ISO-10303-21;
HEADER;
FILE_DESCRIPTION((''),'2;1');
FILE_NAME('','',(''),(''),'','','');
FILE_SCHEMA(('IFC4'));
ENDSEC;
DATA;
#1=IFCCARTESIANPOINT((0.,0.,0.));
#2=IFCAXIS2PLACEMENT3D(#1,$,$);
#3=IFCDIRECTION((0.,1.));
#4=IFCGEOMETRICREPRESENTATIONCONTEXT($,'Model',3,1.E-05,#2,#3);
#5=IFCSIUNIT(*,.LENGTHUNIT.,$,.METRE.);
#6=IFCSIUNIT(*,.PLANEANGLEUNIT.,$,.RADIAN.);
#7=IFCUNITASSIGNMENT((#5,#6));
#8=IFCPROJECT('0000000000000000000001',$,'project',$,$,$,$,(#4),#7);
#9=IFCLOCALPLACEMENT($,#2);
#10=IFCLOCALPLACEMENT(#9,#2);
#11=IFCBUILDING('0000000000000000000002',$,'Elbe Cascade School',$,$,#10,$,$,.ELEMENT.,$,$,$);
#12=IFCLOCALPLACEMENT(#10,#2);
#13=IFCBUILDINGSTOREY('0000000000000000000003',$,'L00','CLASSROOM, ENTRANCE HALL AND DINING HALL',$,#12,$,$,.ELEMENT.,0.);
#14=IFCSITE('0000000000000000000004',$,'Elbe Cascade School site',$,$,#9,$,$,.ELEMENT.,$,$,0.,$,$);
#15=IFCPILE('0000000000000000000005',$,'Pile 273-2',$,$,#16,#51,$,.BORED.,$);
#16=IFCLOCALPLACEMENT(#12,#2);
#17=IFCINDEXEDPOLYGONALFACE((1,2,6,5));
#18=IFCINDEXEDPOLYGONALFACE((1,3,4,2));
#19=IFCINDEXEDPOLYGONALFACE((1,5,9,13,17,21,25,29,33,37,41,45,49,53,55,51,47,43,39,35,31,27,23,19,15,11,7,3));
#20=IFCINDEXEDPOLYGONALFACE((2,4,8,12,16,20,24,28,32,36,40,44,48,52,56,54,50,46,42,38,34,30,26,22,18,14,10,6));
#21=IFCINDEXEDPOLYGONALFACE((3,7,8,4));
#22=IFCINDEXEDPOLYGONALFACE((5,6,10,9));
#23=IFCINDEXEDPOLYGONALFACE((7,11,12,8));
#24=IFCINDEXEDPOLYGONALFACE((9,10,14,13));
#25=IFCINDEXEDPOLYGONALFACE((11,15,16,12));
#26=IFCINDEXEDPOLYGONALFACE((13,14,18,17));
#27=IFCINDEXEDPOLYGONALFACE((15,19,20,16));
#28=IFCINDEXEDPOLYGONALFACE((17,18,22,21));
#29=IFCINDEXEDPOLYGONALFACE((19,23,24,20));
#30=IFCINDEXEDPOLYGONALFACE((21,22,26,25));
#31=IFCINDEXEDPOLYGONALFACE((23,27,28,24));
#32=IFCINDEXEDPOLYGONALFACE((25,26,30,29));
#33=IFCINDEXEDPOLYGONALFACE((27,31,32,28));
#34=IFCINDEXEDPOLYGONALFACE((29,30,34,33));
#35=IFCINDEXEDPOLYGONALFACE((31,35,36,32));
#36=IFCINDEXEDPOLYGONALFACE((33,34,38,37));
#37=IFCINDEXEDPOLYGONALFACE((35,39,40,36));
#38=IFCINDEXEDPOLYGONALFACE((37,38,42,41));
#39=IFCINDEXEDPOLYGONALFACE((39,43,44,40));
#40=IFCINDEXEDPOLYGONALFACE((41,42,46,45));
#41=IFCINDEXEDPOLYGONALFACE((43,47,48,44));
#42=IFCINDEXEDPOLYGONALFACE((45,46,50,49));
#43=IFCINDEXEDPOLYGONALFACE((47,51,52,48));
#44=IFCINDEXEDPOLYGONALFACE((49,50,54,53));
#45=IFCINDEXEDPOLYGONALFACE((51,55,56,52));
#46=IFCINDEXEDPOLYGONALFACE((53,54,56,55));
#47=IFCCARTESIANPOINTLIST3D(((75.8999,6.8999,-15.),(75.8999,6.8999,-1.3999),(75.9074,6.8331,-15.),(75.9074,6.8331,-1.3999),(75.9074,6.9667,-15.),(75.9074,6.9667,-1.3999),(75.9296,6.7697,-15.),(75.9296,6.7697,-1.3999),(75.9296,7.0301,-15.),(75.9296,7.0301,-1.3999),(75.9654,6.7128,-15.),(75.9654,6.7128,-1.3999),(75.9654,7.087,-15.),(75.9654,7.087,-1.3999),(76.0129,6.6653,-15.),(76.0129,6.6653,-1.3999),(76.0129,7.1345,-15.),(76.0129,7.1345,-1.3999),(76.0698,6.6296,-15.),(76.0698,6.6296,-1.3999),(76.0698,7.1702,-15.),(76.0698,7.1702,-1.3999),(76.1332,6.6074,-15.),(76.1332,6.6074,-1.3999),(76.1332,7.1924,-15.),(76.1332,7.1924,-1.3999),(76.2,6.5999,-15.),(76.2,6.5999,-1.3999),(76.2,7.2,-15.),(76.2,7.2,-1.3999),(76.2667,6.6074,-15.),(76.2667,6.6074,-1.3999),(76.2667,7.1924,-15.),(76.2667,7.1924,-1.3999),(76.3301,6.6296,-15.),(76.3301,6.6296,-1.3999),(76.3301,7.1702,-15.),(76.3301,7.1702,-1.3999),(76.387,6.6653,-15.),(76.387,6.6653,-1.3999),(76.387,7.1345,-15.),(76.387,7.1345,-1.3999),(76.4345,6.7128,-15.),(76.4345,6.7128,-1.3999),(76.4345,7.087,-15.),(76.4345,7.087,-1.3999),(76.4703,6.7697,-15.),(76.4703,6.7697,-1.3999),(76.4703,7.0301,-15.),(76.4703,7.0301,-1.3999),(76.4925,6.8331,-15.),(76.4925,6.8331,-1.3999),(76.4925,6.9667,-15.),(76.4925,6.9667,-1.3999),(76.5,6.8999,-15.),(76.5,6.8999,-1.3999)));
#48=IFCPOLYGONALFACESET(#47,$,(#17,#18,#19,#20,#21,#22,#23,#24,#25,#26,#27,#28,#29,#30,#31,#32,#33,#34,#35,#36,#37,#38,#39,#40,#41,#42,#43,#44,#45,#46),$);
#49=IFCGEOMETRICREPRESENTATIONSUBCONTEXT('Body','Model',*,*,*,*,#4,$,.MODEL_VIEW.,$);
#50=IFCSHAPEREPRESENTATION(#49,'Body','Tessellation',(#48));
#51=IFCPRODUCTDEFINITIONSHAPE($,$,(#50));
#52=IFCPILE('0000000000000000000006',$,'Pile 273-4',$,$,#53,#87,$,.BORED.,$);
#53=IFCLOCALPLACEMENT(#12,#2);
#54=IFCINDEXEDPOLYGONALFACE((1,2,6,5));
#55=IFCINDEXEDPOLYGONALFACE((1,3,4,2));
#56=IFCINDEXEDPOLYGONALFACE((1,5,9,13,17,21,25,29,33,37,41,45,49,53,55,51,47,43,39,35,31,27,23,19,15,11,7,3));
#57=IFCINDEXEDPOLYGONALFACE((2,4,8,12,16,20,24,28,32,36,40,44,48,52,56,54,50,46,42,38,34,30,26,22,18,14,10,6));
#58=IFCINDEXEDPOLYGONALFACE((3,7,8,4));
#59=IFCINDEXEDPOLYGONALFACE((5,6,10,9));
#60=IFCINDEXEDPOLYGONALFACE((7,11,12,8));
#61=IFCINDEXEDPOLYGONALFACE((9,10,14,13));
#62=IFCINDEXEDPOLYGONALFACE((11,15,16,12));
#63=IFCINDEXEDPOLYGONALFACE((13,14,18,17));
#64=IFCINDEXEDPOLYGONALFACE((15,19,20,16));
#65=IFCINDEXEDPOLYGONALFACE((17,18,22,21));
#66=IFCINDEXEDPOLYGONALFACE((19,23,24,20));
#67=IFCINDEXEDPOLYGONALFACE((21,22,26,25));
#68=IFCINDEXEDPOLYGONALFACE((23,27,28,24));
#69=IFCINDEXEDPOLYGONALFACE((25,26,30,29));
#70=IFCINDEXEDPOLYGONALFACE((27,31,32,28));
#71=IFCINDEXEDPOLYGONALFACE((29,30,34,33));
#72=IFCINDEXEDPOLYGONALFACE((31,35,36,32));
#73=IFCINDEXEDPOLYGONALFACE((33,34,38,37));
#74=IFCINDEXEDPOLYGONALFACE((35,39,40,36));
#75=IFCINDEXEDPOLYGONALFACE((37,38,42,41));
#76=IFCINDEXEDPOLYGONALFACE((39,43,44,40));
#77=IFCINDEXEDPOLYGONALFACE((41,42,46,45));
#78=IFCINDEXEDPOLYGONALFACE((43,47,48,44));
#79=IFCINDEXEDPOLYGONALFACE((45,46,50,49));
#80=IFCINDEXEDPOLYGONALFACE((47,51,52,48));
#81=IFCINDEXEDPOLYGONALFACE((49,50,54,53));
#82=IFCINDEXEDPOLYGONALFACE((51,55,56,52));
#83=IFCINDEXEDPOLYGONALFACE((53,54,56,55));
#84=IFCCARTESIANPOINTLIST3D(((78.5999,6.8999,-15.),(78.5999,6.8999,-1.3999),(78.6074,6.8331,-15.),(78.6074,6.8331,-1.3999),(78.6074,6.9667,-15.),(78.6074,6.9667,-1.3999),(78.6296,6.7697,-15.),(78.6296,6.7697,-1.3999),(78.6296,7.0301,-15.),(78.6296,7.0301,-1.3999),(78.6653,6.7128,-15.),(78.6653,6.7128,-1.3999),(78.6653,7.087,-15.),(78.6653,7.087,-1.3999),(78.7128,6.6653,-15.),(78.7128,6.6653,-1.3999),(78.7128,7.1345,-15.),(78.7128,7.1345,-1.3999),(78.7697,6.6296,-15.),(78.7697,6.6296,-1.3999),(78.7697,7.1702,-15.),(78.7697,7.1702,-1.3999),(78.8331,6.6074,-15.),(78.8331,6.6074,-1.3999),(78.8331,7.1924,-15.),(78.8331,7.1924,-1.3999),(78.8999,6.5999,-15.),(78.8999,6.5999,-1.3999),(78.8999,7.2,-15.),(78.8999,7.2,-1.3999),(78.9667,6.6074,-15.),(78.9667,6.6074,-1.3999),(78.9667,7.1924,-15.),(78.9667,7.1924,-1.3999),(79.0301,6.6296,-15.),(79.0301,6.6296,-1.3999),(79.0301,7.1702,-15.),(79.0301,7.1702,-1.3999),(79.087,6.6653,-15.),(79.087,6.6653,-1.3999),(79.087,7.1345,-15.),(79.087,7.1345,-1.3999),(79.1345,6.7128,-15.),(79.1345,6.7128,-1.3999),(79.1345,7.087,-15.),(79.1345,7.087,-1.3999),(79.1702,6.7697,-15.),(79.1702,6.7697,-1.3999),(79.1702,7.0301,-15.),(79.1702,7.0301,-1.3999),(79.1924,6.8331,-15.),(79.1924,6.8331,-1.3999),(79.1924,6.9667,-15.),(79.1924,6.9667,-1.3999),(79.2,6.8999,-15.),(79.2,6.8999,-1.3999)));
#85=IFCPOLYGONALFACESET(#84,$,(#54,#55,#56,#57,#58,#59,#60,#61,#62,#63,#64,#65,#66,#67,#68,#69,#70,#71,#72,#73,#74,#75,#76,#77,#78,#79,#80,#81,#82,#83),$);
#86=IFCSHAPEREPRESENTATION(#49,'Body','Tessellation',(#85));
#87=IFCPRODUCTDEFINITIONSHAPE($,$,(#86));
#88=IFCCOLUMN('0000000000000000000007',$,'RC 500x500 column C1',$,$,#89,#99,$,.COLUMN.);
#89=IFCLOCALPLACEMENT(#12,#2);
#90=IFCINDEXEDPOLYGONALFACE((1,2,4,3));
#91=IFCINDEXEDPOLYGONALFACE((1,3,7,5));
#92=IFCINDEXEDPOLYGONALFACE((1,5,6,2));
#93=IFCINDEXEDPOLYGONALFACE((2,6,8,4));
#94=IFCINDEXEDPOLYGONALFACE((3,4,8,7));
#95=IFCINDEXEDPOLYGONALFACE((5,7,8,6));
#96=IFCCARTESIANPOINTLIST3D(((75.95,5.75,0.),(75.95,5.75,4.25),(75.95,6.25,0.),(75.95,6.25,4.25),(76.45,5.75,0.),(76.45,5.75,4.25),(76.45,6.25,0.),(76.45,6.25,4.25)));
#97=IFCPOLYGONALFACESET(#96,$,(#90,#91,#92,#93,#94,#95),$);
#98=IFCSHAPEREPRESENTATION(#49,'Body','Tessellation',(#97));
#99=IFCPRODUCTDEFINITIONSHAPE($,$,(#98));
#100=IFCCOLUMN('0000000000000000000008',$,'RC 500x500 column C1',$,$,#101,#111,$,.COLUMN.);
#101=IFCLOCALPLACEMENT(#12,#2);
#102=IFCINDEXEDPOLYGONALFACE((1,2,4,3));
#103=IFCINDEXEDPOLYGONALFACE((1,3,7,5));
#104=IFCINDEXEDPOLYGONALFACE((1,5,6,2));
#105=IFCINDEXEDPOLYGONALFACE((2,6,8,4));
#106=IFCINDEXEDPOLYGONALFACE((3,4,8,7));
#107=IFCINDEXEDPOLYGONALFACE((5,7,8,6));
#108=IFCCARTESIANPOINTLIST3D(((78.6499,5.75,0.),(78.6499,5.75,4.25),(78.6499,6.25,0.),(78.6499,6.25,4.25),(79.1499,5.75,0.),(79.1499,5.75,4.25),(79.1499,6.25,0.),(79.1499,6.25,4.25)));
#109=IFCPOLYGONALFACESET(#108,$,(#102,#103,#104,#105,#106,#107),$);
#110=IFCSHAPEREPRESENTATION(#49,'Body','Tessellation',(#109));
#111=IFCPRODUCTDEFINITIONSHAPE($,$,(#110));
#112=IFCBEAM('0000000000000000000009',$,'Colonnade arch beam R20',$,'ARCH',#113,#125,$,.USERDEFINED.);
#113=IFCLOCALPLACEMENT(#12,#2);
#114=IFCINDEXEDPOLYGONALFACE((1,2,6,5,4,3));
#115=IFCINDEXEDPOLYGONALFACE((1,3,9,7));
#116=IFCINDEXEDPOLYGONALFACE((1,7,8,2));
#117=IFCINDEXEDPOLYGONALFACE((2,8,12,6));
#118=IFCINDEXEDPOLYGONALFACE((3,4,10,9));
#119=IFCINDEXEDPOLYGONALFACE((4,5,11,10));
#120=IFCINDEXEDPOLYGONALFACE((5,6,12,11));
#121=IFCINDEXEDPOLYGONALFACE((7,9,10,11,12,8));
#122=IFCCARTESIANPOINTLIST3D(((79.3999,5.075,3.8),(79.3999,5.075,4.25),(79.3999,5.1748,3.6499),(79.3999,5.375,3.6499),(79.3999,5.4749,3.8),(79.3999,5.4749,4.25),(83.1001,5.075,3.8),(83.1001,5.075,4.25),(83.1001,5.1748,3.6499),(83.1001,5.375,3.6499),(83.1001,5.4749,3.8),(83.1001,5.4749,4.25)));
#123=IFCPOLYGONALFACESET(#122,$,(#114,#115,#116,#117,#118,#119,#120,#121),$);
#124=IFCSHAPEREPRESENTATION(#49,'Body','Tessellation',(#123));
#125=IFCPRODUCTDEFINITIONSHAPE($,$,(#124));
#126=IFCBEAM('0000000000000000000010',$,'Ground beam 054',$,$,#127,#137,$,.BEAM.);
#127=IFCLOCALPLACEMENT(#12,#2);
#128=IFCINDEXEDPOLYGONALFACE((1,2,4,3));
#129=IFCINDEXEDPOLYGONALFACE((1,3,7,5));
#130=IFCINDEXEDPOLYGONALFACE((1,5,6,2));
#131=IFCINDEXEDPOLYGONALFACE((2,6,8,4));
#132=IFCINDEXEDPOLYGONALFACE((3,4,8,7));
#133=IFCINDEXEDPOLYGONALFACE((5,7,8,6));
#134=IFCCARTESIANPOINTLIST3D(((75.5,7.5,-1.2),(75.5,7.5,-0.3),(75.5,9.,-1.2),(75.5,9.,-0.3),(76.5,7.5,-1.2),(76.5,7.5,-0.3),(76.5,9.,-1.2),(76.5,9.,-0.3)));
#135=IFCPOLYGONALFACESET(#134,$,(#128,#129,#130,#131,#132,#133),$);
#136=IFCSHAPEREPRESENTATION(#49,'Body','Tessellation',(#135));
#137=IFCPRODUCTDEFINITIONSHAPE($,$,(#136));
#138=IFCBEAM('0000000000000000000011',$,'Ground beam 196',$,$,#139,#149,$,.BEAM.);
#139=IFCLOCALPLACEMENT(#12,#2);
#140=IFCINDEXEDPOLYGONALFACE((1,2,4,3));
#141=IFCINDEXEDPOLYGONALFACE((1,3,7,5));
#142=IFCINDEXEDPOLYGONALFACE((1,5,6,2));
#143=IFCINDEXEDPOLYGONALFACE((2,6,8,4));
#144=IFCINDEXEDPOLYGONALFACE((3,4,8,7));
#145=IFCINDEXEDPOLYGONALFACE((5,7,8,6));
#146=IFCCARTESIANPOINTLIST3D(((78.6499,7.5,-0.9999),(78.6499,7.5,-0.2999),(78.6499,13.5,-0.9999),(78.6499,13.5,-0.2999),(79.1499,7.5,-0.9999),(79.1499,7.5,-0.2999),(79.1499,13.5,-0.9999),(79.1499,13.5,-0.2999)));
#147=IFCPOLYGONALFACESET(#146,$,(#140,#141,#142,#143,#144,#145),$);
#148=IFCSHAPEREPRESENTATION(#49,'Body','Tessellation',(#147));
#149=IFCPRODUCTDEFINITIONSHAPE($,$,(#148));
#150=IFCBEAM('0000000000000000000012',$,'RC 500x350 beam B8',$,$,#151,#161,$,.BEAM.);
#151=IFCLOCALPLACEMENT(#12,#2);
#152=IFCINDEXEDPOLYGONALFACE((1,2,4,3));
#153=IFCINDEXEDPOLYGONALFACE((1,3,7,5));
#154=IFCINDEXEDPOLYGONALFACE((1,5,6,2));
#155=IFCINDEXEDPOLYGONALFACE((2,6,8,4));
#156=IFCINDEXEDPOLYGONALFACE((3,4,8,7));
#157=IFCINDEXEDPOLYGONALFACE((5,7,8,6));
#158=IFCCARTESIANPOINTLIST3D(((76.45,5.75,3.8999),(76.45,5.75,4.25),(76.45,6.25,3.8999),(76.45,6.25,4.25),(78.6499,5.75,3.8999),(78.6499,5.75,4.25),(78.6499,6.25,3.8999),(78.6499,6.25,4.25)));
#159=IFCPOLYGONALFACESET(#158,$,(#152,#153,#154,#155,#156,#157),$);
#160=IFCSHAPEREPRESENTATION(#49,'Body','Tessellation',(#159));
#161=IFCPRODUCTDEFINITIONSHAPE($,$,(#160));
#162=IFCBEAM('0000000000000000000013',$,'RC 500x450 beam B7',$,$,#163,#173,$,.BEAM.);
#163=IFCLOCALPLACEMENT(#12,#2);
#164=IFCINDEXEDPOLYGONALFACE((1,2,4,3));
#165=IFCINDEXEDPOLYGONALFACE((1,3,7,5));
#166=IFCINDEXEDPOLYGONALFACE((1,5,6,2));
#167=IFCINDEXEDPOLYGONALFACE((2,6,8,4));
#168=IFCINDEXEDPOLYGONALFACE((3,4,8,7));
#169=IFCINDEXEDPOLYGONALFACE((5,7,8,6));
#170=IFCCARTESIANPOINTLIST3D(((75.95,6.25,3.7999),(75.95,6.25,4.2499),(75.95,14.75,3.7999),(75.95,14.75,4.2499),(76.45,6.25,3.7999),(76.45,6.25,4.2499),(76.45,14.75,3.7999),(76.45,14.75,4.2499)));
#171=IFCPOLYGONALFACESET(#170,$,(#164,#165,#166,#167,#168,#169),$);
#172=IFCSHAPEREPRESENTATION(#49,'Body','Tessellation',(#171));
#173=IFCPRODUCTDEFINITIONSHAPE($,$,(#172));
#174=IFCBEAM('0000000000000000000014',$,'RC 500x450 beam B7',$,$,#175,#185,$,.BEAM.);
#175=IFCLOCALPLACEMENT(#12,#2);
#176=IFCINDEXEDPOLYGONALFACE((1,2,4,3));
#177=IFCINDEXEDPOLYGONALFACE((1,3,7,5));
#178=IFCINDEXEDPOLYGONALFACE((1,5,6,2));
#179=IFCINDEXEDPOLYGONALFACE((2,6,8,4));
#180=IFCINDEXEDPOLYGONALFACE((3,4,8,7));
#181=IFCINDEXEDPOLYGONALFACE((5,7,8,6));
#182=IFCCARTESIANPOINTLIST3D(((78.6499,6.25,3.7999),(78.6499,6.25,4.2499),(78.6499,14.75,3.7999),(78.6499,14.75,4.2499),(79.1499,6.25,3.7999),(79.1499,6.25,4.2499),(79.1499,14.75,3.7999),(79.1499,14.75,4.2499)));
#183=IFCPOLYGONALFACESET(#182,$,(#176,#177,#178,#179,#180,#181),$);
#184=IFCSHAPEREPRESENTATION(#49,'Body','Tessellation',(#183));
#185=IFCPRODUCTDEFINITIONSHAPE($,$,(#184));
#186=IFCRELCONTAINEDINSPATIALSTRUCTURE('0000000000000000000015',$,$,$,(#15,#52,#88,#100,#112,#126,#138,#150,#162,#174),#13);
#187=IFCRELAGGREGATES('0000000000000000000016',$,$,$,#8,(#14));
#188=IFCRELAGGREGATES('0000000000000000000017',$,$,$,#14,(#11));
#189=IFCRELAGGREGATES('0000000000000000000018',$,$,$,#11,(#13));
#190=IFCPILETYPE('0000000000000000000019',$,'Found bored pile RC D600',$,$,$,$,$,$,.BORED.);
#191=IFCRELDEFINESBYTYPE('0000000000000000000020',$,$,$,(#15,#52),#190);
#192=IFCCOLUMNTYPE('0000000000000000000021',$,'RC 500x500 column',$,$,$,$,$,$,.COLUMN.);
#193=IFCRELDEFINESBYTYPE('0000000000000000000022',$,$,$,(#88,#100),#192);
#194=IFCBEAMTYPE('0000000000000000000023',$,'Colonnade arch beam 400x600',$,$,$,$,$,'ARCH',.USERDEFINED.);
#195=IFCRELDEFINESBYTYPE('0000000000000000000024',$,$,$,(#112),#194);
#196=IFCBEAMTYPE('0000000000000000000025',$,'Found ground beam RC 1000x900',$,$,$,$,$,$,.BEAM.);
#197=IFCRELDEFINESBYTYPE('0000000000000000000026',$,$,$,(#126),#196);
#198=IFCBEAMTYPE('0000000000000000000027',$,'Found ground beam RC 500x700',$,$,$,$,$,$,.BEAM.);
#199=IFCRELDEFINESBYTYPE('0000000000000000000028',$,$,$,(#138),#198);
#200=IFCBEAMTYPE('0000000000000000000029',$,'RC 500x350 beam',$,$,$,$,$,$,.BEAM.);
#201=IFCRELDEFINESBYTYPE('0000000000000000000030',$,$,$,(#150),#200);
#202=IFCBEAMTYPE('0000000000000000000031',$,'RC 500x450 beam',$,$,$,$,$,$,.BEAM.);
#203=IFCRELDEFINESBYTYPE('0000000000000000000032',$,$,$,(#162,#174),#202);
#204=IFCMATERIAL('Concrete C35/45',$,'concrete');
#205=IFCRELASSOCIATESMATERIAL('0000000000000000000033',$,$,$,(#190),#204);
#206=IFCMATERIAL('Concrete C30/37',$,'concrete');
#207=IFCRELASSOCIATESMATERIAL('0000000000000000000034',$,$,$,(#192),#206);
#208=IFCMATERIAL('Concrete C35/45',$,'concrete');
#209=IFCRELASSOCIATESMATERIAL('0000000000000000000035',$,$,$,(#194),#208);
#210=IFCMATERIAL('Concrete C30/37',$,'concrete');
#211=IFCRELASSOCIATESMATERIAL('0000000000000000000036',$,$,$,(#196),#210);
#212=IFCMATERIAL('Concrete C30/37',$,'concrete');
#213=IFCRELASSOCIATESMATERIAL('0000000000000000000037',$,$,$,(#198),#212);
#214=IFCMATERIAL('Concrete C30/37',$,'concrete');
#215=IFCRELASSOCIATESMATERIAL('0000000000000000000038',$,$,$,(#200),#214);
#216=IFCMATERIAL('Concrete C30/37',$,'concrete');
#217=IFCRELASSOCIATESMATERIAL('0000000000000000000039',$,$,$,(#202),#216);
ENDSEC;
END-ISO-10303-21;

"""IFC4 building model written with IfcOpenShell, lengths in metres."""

from ifc_helpers import new_model, si_unit, direction, frame, origin, origin_2d, place, context, subcontext, project, spatial, polyline, rectangle, circle, outline, extrude, material, material_profile, profile_set, type_object, element, save


model = new_model("IFC4")

# Units and contexts
model_context = context("Model", 3, precision=1e-05, world=origin(), true_north=direction((0.0, 1.0)))
body_context = subcontext(model_context, "Body", "Model", "MODEL_VIEW")
ifc_project = project(units=[si_unit("LENGTHUNIT", "METRE"), si_unit("PLANEANGLEUNIT", "RADIAN")], contexts=[model_context])

# Site, building, storey
site_placement = place(None, origin())
site = spatial("IfcSite", under=ifc_project, at=site_placement, Name="Elbe Cascade School site", CompositionType="ELEMENT", RefElevation=0.0)
building_placement = place(site_placement, origin())
building = spatial("IfcBuilding", under=site, at=building_placement, Name="Elbe Cascade School", CompositionType="ELEMENT")
storey_placement = place(building_placement, origin())
storey = spatial("IfcBuildingStorey", under=building, at=storey_placement, Name="L00", Description="CLASSROOM, ENTRANCE HALL AND DINING HALL", CompositionType="ELEMENT", Elevation=0.0)

# Piles
ifc_material_1 = material(Name="Concrete C35/45", Category="concrete")
ifc_material_profile_1 = material_profile(ifc_material_1, circle(Radius=0.3, at=origin_2d()), Name="RC D600")
ifc_profile_set_1 = profile_set([ifc_material_profile_1], Name="Concrete C35/45")
pile_type = type_object("IfcPileType", Name="Found bored pile RC D600", PredefinedType="BORED", material=ifc_profile_set_1)
for number, where, z_axis, x_axis, name in (
    (1, (76.2, 6.8999, -1.3999), (0.0, 0.0, -1.0), (1.0, 0.0, 0.0), "Pile 273-2"),
    (2, (78.8999, 6.8999, -1.3999), (0.0, 0.0, -1.0), (1.0, 0.0, 0.0), "Pile 273-4"),
):
    element("IfcPile", number, at=place(storey_placement, frame(where, z_axis=z_axis, x_axis=x_axis)), inside=storey, type_object=pile_type, Name=name, PredefinedType="BORED", context=body_context, shape_type="SweptSolid", body=[
        extrude(circle(Radius=0.3, at=origin_2d()), origin(), (0.0, 0.0, 1.0), 13.6001),
    ])

# Columns
ifc_material_2 = material(Name="Concrete C30/37", Category="concrete")
ifc_material_profile_2 = material_profile(ifc_material_2, rectangle(XDim=0.5, YDim=0.5, at=origin_2d()), Name="RC 500x500")
ifc_profile_set_2 = profile_set([ifc_material_profile_2], Name="Concrete C30/37")
column_type = type_object("IfcColumnType", Name="RC 500x500 column", PredefinedType="COLUMN", material=ifc_profile_set_2)
for number, where, z_axis, x_axis, name in (
    (3, (76.2, 6.0, 0.0), (0.0, 0.0, 1.0), (1.0, 0.0, 0.0), "RC 500x500 column C1"),
    (4, (78.8999, 6.0, 0.0), (0.0, 0.0, 1.0), (1.0, 0.0, 0.0), "RC 500x500 column C1"),
):
    element("IfcColumn", number, at=place(storey_placement, frame(where, z_axis=z_axis, x_axis=x_axis)), inside=storey, type_object=column_type, Name=name, PredefinedType="COLUMN", context=body_context, shape_type="SweptSolid", body=[
        extrude(rectangle(XDim=0.5, YDim=0.5, at=origin_2d()), origin(), (0.0, 0.0, 1.0), 4.25),
    ])

# Beams
ifc_material_3 = material(Name="Concrete C35/45", Category="concrete")
ifc_material_profile_3 = material_profile(ifc_material_3, outline(polyline([(-0.2, 0.3), (0.2, 0.3), (0.2, -0.1499), (0.1001, -0.3), (-0.1001, -0.3), (-0.2, -0.1499), (-0.2, 0.3)])), Name="RC arch 400x600")
ifc_profile_set_3 = profile_set([ifc_material_profile_3], Name="Concrete C35/45")
beam_type_1 = type_object("IfcBeamType", Name="Colonnade arch beam 400x600", ElementType="ARCH", PredefinedType="USERDEFINED", material=ifc_profile_set_3)
beam_1_placement = place(storey_placement, frame((79.3999, 5.2749, 3.95), z_axis=(1.0, 0.0, 0.0), x_axis=(0.0, 1.0, 0.0)))
element("IfcBeam", 5, at=beam_1_placement, inside=storey, type_object=beam_type_1, Name="Colonnade arch beam R20", ObjectType="ARCH", PredefinedType="USERDEFINED", context=body_context, shape_type="SweptSolid", body=[
    extrude(outline(polyline([(-0.2, 0.3), (0.2, 0.3), (0.2, -0.1499), (0.1001, -0.3), (-0.1001, -0.3), (-0.2, -0.1499), (-0.2, 0.3)])), origin(), (0.0, 0.0, 1.0), 3.7002),
])
ifc_material_4 = material(Name="Concrete C30/37", Category="concrete")
ifc_material_profile_4 = material_profile(ifc_material_4, rectangle(XDim=1.0, YDim=0.8999, at=origin_2d()), Name="RC 1000x900")
ifc_profile_set_4 = profile_set([ifc_material_profile_4], Name="Concrete C30/37")
beam_type_2 = type_object("IfcBeamType", Name="Found ground beam RC 1000x900", PredefinedType="BEAM", material=ifc_profile_set_4)
beam_2_placement = place(storey_placement, frame((76.0, 7.5, -0.75), z_axis=(0.0, 1.0, 0.0), x_axis=(-1.0, 0.0, 0.0)))
element("IfcBeam", 6, at=beam_2_placement, inside=storey, type_object=beam_type_2, Name="Ground beam 054", PredefinedType="BEAM", context=body_context, shape_type="SweptSolid", body=[
    extrude(rectangle(XDim=1.0, YDim=0.8999, at=origin_2d()), origin(), (0.0, 0.0, 1.0), 1.5),
])
ifc_material_5 = material(Name="Concrete C30/37", Category="concrete")
ifc_material_profile_5 = material_profile(ifc_material_5, rectangle(XDim=0.5, YDim=0.7, at=origin_2d()), Name="RC 500x700")
ifc_profile_set_5 = profile_set([ifc_material_profile_5], Name="Concrete C30/37")
beam_type_3 = type_object("IfcBeamType", Name="Found ground beam RC 500x700", PredefinedType="BEAM", material=ifc_profile_set_5)
beam_3_placement = place(storey_placement, frame((78.8999, 7.5, -0.6499), z_axis=(0.0, 1.0, 0.0), x_axis=(-1.0, 0.0, 0.0)))
element("IfcBeam", 7, at=beam_3_placement, inside=storey, type_object=beam_type_3, Name="Ground beam 196", PredefinedType="BEAM", context=body_context, shape_type="SweptSolid", body=[
    extrude(rectangle(XDim=0.5, YDim=0.7, at=origin_2d()), origin(), (0.0, 0.0, 1.0), 6.0),
])
ifc_material_6 = material(Name="Concrete C30/37", Category="concrete")
ifc_material_profile_6 = material_profile(ifc_material_6, rectangle(XDim=0.5, YDim=0.3501, at=origin_2d()), Name="RC 500x350")
ifc_profile_set_6 = profile_set([ifc_material_profile_6], Name="Concrete C30/37")
beam_type_4 = type_object("IfcBeamType", Name="RC 500x350 beam", PredefinedType="BEAM", material=ifc_profile_set_6)
beam_4_placement = place(storey_placement, frame((76.45, 6.0, 4.075), z_axis=(1.0, 0.0, 0.0), x_axis=(0.0, 1.0, 0.0)))
element("IfcBeam", 8, at=beam_4_placement, inside=storey, type_object=beam_type_4, Name="RC 500x350 beam B8", PredefinedType="BEAM", context=body_context, shape_type="SweptSolid", body=[
    extrude(rectangle(XDim=0.5, YDim=0.3501, at=origin_2d()), origin(), (0.0, 0.0, 1.0), 2.2),
])
ifc_material_7 = material(Name="Concrete C30/37", Category="concrete")
ifc_material_profile_7 = material_profile(ifc_material_7, rectangle(XDim=0.5, YDim=0.45, at=origin_2d()), Name="RC 500x450")
ifc_profile_set_7 = profile_set([ifc_material_profile_7], Name="Concrete C30/37")
beam_type_5 = type_object("IfcBeamType", Name="RC 500x450 beam", PredefinedType="BEAM", material=ifc_profile_set_7)
for number, where, z_axis, x_axis, name in (
    (9, (76.2, 6.25, 4.0249), (0.0, 1.0, 0.0), (-1.0, 0.0, 0.0), "RC 500x450 beam B7"),
    (10, (78.8999, 6.25, 4.0249), (0.0, 1.0, 0.0), (-1.0, 0.0, 0.0), "RC 500x450 beam B7"),
):
    element("IfcBeam", number, at=place(storey_placement, frame(where, z_axis=z_axis, x_axis=x_axis)), inside=storey, type_object=beam_type_5, Name=name, PredefinedType="BEAM", context=body_context, shape_type="SweptSolid", body=[
        extrude(rectangle(XDim=0.5, YDim=0.45, at=origin_2d()), origin(), (0.0, 0.0, 1.0), 8.5),
    ])

save(model, "model.ifc")
